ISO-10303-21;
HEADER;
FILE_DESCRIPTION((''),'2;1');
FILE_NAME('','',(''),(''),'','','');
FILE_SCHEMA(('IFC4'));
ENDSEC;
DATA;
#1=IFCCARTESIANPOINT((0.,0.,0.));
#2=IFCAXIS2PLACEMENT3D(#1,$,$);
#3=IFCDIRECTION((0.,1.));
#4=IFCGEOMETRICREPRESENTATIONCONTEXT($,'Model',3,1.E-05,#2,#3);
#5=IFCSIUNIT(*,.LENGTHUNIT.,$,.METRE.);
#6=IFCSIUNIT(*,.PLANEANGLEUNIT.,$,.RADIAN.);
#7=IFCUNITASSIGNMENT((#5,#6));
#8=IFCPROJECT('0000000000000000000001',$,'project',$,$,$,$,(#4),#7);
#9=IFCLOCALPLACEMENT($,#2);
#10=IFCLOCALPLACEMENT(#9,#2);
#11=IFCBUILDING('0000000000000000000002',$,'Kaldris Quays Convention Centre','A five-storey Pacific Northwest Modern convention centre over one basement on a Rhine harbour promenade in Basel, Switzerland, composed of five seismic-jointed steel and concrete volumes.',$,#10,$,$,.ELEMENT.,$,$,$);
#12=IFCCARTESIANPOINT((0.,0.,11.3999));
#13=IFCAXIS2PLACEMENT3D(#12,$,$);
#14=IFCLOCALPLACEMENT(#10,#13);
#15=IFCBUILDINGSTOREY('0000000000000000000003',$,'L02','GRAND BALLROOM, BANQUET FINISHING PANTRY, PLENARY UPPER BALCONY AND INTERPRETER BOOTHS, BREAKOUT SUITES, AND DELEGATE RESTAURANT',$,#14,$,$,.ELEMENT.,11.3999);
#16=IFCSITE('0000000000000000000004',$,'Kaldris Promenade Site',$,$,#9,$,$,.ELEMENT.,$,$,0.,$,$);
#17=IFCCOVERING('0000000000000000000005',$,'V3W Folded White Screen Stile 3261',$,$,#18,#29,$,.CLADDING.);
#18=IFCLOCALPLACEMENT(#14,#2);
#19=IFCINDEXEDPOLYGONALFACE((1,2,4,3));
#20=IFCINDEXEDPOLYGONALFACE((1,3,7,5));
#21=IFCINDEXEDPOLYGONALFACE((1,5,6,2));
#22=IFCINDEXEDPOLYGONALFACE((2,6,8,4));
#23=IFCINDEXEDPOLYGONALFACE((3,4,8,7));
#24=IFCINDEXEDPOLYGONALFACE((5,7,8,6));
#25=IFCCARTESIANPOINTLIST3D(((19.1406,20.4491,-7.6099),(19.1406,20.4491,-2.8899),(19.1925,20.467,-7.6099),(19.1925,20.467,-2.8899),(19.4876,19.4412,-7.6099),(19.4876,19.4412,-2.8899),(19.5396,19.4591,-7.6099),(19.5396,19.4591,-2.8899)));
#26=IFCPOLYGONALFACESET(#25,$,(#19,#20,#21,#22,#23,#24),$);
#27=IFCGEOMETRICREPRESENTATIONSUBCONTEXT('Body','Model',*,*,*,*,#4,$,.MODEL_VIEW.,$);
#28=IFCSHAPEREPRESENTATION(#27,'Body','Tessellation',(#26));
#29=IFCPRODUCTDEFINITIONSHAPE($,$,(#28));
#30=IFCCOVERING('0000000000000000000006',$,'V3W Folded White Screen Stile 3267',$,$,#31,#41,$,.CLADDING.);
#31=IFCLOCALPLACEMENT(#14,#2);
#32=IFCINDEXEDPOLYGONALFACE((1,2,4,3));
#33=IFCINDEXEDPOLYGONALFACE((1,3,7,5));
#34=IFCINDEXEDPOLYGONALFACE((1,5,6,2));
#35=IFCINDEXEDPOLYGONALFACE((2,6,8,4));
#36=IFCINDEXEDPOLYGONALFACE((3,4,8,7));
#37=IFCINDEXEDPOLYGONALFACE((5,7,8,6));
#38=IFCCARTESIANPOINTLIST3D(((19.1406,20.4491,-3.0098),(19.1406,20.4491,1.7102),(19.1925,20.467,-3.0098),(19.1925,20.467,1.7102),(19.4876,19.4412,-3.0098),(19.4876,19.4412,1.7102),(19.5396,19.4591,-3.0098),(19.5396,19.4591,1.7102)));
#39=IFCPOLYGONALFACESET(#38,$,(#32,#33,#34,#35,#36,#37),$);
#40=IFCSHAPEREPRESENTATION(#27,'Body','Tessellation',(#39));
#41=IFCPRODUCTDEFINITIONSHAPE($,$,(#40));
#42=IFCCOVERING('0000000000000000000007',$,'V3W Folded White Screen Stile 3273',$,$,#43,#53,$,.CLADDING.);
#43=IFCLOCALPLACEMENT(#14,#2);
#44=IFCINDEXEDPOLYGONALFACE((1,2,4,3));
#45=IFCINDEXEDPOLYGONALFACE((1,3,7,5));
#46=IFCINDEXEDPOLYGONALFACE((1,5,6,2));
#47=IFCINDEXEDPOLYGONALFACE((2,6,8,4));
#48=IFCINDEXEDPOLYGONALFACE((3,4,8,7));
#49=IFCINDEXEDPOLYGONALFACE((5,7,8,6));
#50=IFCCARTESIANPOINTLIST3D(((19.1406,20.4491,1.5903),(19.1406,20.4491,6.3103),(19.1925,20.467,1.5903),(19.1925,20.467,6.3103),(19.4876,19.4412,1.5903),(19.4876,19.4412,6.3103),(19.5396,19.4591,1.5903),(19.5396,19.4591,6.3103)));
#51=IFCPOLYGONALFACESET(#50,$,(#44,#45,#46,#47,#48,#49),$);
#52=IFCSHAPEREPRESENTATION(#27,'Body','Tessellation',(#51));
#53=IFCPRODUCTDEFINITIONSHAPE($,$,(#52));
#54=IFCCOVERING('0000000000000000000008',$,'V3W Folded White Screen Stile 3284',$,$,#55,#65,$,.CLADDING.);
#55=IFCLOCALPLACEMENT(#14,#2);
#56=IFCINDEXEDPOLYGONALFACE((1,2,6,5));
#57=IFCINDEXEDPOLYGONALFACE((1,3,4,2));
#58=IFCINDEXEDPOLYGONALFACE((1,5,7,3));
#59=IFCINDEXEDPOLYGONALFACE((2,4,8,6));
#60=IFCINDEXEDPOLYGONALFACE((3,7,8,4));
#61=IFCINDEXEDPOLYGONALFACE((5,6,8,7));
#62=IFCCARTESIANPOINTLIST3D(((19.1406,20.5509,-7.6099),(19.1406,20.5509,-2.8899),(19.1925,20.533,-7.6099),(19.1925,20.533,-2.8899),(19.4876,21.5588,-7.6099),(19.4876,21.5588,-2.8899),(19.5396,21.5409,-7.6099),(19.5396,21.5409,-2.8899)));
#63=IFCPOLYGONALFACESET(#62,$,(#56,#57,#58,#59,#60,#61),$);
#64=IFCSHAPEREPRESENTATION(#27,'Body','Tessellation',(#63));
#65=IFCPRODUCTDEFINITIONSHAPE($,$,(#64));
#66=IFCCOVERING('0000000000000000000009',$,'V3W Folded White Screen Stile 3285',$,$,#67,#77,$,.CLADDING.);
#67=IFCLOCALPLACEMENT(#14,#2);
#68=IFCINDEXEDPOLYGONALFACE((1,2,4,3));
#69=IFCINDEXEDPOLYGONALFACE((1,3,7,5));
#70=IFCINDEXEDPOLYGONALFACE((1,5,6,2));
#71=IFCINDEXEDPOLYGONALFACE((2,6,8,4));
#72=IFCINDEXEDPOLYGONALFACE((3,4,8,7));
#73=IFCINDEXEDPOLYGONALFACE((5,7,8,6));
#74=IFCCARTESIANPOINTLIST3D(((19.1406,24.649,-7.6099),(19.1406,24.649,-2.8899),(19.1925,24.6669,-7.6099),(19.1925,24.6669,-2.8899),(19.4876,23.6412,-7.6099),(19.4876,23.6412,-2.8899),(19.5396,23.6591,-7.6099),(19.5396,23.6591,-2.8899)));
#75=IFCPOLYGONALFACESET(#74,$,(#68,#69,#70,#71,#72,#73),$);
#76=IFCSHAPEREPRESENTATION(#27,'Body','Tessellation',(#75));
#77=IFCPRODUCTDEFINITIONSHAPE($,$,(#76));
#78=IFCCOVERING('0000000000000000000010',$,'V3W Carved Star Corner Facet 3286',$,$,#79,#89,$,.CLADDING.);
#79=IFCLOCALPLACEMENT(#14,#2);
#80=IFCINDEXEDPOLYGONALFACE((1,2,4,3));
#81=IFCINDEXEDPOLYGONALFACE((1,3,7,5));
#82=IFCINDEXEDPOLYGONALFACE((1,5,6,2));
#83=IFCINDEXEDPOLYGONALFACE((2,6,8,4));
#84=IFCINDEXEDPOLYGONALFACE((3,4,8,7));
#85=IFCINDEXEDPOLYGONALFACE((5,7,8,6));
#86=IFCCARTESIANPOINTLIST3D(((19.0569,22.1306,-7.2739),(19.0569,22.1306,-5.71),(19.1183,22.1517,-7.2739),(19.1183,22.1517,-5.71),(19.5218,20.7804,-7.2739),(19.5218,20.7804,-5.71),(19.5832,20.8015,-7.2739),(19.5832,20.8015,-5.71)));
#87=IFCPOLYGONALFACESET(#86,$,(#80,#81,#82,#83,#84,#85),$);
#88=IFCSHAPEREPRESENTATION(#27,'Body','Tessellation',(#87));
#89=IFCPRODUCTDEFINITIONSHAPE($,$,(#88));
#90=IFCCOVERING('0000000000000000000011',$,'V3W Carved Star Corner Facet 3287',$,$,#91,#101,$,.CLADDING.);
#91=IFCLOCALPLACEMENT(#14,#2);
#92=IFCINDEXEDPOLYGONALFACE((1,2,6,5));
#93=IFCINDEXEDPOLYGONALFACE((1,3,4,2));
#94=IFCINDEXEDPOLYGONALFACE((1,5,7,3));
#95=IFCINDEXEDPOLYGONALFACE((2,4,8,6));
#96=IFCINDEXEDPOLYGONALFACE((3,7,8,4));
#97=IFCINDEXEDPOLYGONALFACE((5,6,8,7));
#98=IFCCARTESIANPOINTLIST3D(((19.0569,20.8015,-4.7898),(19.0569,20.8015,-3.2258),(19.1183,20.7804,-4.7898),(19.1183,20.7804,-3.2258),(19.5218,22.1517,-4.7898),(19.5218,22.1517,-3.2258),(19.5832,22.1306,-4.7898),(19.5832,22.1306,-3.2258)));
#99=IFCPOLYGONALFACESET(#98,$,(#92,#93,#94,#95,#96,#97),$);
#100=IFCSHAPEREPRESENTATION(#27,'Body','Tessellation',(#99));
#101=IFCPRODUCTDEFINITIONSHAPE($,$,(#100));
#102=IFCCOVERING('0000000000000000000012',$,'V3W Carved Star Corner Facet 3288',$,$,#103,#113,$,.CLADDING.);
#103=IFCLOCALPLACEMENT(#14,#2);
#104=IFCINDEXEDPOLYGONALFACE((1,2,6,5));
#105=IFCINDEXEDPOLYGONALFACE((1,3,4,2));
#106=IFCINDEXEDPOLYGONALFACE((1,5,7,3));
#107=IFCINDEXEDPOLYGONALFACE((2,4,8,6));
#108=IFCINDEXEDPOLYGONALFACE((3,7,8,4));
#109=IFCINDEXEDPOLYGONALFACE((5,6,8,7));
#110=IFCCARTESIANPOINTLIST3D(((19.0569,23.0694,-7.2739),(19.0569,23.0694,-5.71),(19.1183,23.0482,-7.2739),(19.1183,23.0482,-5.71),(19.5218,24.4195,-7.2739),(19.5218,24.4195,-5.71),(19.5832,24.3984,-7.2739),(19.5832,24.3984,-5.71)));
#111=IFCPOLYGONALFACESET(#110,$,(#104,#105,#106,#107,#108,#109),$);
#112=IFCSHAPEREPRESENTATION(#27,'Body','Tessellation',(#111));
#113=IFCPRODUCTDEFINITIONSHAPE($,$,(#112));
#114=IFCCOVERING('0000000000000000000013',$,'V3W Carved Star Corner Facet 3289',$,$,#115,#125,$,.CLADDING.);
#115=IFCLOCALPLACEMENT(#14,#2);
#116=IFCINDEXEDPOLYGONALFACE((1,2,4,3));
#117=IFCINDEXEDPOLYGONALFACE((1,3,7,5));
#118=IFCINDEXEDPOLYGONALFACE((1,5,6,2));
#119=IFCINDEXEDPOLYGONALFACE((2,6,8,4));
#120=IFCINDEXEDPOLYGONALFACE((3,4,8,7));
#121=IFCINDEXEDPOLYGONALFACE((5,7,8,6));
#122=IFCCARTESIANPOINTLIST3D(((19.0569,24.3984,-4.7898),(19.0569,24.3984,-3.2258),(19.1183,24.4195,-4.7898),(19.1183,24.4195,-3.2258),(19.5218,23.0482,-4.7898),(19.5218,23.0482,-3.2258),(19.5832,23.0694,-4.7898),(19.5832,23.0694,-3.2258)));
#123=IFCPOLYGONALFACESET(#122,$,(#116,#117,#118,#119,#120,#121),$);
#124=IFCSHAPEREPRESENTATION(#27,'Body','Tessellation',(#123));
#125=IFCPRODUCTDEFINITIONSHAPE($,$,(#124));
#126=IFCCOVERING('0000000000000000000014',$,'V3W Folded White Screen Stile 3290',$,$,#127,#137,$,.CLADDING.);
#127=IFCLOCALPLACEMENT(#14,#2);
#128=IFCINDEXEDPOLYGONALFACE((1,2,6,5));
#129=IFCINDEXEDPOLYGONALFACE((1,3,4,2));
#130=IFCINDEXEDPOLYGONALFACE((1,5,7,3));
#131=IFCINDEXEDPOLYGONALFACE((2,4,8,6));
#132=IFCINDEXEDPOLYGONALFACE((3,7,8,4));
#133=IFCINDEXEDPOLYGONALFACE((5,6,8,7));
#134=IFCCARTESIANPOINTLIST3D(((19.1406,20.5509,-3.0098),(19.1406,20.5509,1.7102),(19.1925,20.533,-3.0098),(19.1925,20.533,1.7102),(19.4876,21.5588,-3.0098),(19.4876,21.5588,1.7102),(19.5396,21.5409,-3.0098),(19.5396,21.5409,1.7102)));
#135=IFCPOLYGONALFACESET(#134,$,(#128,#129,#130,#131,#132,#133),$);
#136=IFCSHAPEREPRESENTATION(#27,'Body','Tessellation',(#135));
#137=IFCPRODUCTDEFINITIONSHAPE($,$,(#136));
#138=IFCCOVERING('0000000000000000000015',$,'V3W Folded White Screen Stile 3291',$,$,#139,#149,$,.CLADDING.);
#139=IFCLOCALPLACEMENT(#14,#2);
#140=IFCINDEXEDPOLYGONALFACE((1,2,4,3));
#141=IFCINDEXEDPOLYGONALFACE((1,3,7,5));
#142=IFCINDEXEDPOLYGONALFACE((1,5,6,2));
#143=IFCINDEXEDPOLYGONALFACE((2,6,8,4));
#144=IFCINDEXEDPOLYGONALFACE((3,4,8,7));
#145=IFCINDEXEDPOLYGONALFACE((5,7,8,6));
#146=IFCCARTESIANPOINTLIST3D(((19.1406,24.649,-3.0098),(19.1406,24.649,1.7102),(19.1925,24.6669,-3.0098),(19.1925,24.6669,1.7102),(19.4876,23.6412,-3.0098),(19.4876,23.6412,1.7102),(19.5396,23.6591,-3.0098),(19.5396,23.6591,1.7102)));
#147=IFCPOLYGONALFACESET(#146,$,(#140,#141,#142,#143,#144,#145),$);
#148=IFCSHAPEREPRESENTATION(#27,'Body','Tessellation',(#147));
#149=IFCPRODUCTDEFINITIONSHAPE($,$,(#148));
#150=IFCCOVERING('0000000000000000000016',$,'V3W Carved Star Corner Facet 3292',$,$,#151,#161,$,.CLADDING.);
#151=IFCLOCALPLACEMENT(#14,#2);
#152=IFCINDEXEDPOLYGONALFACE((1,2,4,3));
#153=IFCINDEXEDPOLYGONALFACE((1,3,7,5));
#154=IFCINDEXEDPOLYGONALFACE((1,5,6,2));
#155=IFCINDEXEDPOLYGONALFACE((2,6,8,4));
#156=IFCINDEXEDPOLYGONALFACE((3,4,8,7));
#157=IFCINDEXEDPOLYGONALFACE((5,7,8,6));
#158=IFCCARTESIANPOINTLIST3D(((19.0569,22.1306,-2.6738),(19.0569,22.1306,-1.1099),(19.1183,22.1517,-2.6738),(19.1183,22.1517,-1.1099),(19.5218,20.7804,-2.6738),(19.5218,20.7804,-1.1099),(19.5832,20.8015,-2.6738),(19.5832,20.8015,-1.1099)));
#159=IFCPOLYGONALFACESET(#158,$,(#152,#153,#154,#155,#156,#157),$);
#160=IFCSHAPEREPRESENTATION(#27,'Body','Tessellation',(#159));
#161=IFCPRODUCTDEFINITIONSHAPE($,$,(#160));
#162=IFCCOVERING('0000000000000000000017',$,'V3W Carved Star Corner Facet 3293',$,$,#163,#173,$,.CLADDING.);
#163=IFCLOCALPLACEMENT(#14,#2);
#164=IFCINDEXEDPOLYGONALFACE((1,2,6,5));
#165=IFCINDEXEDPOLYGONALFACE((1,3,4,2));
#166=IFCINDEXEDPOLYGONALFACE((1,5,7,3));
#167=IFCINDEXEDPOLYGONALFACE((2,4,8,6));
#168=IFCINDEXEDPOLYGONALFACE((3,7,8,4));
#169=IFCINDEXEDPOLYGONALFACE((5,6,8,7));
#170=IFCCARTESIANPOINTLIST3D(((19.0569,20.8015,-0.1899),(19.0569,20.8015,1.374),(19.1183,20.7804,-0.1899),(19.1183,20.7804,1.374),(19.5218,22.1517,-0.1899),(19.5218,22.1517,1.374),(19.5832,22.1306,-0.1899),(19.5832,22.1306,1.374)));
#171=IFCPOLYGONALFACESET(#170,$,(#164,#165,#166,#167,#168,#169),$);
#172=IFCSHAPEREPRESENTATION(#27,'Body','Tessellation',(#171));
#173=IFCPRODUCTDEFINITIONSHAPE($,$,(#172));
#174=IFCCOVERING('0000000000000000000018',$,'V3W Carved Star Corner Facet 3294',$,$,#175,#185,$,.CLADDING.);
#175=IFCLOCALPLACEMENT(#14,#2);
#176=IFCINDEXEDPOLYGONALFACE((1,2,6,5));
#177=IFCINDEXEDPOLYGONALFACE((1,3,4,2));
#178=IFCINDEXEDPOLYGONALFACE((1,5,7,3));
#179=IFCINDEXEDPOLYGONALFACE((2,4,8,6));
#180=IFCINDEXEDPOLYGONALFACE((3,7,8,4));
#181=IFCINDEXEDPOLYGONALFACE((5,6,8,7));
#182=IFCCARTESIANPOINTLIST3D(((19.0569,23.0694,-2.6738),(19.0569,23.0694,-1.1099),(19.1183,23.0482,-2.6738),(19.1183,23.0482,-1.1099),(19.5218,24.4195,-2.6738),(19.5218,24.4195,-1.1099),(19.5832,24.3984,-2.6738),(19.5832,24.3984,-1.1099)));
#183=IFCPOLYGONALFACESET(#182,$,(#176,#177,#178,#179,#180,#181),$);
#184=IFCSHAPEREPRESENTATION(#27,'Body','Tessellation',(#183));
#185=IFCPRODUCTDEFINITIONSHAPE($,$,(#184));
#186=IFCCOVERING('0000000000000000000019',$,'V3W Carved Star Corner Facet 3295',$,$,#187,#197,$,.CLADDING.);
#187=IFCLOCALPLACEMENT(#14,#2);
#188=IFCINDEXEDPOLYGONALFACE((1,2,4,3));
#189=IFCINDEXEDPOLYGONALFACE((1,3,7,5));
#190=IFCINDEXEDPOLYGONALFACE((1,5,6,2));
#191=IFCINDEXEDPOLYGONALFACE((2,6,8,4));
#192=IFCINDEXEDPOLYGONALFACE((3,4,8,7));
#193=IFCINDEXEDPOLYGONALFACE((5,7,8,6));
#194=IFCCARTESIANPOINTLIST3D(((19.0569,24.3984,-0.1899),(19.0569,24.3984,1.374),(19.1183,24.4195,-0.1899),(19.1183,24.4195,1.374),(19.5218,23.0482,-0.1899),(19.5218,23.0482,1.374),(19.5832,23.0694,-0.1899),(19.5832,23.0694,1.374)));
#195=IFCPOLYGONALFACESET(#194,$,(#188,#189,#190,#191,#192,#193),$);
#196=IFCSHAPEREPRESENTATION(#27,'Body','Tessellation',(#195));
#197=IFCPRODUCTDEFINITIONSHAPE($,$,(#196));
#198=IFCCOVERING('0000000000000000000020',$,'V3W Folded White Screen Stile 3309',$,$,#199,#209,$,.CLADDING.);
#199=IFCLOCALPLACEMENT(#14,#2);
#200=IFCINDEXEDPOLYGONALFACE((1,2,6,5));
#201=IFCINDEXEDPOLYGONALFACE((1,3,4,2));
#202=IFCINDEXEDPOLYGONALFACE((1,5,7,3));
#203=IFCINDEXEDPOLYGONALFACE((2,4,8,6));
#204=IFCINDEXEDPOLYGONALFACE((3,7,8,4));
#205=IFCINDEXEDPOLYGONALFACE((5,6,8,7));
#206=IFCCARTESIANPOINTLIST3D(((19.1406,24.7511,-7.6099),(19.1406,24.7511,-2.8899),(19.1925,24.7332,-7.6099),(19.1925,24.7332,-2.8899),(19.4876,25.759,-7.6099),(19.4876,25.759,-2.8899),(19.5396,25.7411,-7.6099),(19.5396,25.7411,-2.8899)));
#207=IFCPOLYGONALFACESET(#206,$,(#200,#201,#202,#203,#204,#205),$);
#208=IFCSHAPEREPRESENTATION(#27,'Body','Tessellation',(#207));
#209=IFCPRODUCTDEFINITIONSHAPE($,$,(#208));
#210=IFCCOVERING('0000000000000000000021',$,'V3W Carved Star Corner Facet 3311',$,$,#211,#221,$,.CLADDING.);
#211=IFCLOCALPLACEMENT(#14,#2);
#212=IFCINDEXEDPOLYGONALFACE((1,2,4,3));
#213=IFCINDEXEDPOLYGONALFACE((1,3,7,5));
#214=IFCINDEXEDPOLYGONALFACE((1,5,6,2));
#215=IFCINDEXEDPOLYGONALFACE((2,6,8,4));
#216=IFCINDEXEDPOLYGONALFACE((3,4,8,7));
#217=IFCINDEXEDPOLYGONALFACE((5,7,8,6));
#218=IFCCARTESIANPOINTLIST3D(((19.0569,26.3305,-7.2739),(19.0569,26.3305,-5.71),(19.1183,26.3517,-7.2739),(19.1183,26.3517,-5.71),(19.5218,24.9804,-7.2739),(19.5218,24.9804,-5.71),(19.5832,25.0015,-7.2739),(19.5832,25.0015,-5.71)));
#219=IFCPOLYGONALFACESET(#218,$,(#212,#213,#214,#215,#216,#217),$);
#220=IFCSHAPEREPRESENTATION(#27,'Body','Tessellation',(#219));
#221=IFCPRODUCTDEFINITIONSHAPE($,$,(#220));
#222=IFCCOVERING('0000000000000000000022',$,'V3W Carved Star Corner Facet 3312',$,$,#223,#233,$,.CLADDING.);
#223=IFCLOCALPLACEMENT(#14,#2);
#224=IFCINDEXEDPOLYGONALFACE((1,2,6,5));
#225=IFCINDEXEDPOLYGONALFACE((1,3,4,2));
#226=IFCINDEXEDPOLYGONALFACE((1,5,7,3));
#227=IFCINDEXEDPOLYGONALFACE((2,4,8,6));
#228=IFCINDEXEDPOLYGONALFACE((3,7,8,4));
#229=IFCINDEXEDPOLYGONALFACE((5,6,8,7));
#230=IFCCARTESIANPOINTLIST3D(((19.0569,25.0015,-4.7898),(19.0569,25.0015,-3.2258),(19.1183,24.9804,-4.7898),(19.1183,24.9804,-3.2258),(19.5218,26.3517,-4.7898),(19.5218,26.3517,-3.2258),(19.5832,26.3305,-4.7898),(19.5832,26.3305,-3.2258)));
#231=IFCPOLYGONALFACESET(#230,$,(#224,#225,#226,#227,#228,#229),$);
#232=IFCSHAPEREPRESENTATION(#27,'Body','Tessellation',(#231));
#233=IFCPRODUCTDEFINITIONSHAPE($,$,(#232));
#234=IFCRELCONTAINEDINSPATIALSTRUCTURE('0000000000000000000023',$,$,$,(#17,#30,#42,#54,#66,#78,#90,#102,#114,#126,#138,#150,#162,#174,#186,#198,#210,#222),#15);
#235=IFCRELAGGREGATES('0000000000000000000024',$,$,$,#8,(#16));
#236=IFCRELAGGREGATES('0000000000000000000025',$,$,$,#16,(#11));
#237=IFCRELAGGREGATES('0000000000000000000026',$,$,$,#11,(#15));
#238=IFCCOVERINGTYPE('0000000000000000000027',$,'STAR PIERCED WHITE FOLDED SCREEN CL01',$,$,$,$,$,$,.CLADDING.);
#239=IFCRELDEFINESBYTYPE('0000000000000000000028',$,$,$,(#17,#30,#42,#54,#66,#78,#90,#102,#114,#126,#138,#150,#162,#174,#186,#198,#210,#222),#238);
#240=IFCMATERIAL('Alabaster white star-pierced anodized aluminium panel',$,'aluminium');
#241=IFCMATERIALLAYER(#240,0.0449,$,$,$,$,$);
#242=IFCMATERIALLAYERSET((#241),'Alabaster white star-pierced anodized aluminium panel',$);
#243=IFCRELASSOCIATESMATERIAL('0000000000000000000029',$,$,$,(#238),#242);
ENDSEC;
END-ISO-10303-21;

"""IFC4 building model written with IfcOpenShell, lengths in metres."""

from ifc_helpers import new_model, si_unit, direction, frame, origin, origin_2d, place, context, subcontext, project, spatial, rectangle, extrude, material, layer, layer_set, type_object, element, save


model = new_model("IFC4")

# Units and contexts
model_context = context("Model", 3, precision=1e-05, world=origin(), true_north=direction((0.0, 1.0)))
body_context = subcontext(model_context, "Body", "Model", "MODEL_VIEW")
ifc_project = project(units=[si_unit("LENGTHUNIT", "METRE"), si_unit("PLANEANGLEUNIT", "RADIAN")], contexts=[model_context])

# Site, building, storey
site_placement = place(None, origin())
site = spatial("IfcSite", under=ifc_project, at=site_placement, Name="Kaldris Promenade Site", CompositionType="ELEMENT", RefElevation=0.0)
building_placement = place(site_placement, origin())
building = spatial("IfcBuilding", under=site, at=building_placement, Name="Kaldris Quays Convention Centre", Description="A five-storey Pacific Northwest Modern convention centre over one basement on a Rhine harbour promenade in Basel, Switzerland, composed of five seismic-jointed steel and concrete volumes.", CompositionType="ELEMENT")
storey_placement = place(building_placement, frame((0.0, 0.0, 11.3999)))
storey = spatial("IfcBuildingStorey", under=building, at=storey_placement, Name="L02", Description="GRAND BALLROOM, BANQUET FINISHING PANTRY, PLENARY UPPER BALCONY AND INTERPRETER BOOTHS, BREAKOUT SUITES, AND DELEGATE RESTAURANT", CompositionType="ELEMENT", Elevation=11.3999)

# Coverings
ifc_material_1 = material(Name="Alabaster white star-pierced anodized aluminium panel", Category="aluminium")
ifc_layer = layer(ifc_material_1, 0.0449)
ifc_layer_set = layer_set([ifc_layer], Name="Alabaster white star-pierced anodized aluminium panel")
covering_type = type_object("IfcCoveringType", Name="STAR PIERCED WHITE FOLDED SCREEN CL01", PredefinedType="CLADDING", material=ifc_layer_set)
for number, where, z_axis, x_axis, name in (
    (1, (19.3401, 19.9541, -7.6099), (0.0, 0.0, 1.0), (-0.325568, 0.945519, 0.0), "V3W Folded White Screen Stile 3261"),
    (2, (19.3401, 19.9541, -3.0098), (0.0, 0.0, 1.0), (-0.325568, 0.945519, 0.0), "V3W Folded White Screen Stile 3267"),
    (3, (19.3401, 19.9541, 1.5903), (0.0, 0.0, 1.0), (-0.325568, 0.945519, 0.0), "V3W Folded White Screen Stile 3273"),
    (4, (19.3401, 21.0459, -7.6099), (0.0, 0.0, 1.0), (0.325568, 0.945519, 0.0), "V3W Folded White Screen Stile 3284"),
    (5, (19.3401, 24.1541, -7.6099), (0.0, 0.0, 1.0), (-0.325568, 0.945519, 0.0), "V3W Folded White Screen Stile 3285"),
):
    element("IfcCovering", number, at=place(storey_placement, frame(where, z_axis=z_axis, x_axis=x_axis)), inside=storey, type_object=covering_type, Name=name, PredefinedType="CLADDING", context=body_context, shape_type="SweptSolid", body=[
        extrude(rectangle(XDim=1.0659, YDim=0.0549, at=origin_2d()), origin(), (0.0, 0.0, 1.0), 4.72),
    ])
for number, where, z_axis, x_axis, name in (
    (6, (19.3201, 21.4661, -7.2739), (0.0, 0.0, 1.0), (-0.325568, 0.945519, 0.0), "V3W Carved Star Corner Facet 3286"),
    (7, (19.3201, 21.4661, -4.7898), (0.0, 0.0, 1.0), (0.325568, 0.945519, 0.0), "V3W Carved Star Corner Facet 3287"),
    (8, (19.3201, 23.7339, -7.2739), (0.0, 0.0, 1.0), (0.325568, 0.945519, 0.0), "V3W Carved Star Corner Facet 3288"),
    (9, (19.3201, 23.7339, -4.7898), (0.0, 0.0, 1.0), (-0.325568, 0.945519, 0.0), "V3W Carved Star Corner Facet 3289"),
):
    element("IfcCovering", number, at=place(storey_placement, frame(where, z_axis=z_axis, x_axis=x_axis)), inside=storey, type_object=covering_type, Name=name, PredefinedType="CLADDING", context=body_context, shape_type="SweptSolid", body=[
        extrude(rectangle(XDim=1.428, YDim=0.0649, at=origin_2d()), origin(), (0.0, 0.0, 1.0), 1.564),
    ])
for number, where, z_axis, x_axis, name in (
    (10, (19.3401, 21.0459, -3.0098), (0.0, 0.0, 1.0), (0.325568, 0.945519, 0.0), "V3W Folded White Screen Stile 3290"),
    (11, (19.3401, 24.1541, -3.0098), (0.0, 0.0, 1.0), (-0.325568, 0.945519, 0.0), "V3W Folded White Screen Stile 3291"),
):
    element("IfcCovering", number, at=place(storey_placement, frame(where, z_axis=z_axis, x_axis=x_axis)), inside=storey, type_object=covering_type, Name=name, PredefinedType="CLADDING", context=body_context, shape_type="SweptSolid", body=[
        extrude(rectangle(XDim=1.0659, YDim=0.0549, at=origin_2d()), origin(), (0.0, 0.0, 1.0), 4.72),
    ])
for number, where, z_axis, x_axis, name in (
    (12, (19.3201, 21.4661, -2.6738), (0.0, 0.0, 1.0), (-0.325568, 0.945519, 0.0), "V3W Carved Star Corner Facet 3292"),
    (13, (19.3201, 21.4661, -0.1899), (0.0, 0.0, 1.0), (0.325568, 0.945519, 0.0), "V3W Carved Star Corner Facet 3293"),
    (14, (19.3201, 23.7339, -2.6738), (0.0, 0.0, 1.0), (0.325568, 0.945519, 0.0), "V3W Carved Star Corner Facet 3294"),
    (15, (19.3201, 23.7339, -0.1899), (0.0, 0.0, 1.0), (-0.325568, 0.945519, 0.0), "V3W Carved Star Corner Facet 3295"),
):
    element("IfcCovering", number, at=place(storey_placement, frame(where, z_axis=z_axis, x_axis=x_axis)), inside=storey, type_object=covering_type, Name=name, PredefinedType="CLADDING", context=body_context, shape_type="SweptSolid", body=[
        extrude(rectangle(XDim=1.428, YDim=0.0649, at=origin_2d()), origin(), (0.0, 0.0, 1.0), 1.564),
    ])
covering_1_placement = place(storey_placement, frame((19.3401, 25.2461, -7.6099), z_axis=(0.0, 0.0, 1.0), x_axis=(0.325568, 0.945519, 0.0)))
element("IfcCovering", 16, at=covering_1_placement, inside=storey, type_object=covering_type, Name="V3W Folded White Screen Stile 3309", PredefinedType="CLADDING", context=body_context, shape_type="SweptSolid", body=[
    extrude(rectangle(XDim=1.0659, YDim=0.0549, at=origin_2d()), origin(), (0.0, 0.0, 1.0), 4.72),
])
for number, where, z_axis, x_axis, name in (
    (17, (19.3201, 25.666, -7.2739), (0.0, 0.0, 1.0), (-0.325568, 0.945519, 0.0), "V3W Carved Star Corner Facet 3311"),
    (18, (19.3201, 25.666, -4.7898), (0.0, 0.0, 1.0), (0.325568, 0.945519, 0.0), "V3W Carved Star Corner Facet 3312"),
):
    element("IfcCovering", number, at=place(storey_placement, frame(where, z_axis=z_axis, x_axis=x_axis)), inside=storey, type_object=covering_type, Name=name, PredefinedType="CLADDING", context=body_context, shape_type="SweptSolid", body=[
        extrude(rectangle(XDim=1.428, YDim=0.0649, at=origin_2d()), origin(), (0.0, 0.0, 1.0), 1.564),
    ])

save(model, "model.ifc")
